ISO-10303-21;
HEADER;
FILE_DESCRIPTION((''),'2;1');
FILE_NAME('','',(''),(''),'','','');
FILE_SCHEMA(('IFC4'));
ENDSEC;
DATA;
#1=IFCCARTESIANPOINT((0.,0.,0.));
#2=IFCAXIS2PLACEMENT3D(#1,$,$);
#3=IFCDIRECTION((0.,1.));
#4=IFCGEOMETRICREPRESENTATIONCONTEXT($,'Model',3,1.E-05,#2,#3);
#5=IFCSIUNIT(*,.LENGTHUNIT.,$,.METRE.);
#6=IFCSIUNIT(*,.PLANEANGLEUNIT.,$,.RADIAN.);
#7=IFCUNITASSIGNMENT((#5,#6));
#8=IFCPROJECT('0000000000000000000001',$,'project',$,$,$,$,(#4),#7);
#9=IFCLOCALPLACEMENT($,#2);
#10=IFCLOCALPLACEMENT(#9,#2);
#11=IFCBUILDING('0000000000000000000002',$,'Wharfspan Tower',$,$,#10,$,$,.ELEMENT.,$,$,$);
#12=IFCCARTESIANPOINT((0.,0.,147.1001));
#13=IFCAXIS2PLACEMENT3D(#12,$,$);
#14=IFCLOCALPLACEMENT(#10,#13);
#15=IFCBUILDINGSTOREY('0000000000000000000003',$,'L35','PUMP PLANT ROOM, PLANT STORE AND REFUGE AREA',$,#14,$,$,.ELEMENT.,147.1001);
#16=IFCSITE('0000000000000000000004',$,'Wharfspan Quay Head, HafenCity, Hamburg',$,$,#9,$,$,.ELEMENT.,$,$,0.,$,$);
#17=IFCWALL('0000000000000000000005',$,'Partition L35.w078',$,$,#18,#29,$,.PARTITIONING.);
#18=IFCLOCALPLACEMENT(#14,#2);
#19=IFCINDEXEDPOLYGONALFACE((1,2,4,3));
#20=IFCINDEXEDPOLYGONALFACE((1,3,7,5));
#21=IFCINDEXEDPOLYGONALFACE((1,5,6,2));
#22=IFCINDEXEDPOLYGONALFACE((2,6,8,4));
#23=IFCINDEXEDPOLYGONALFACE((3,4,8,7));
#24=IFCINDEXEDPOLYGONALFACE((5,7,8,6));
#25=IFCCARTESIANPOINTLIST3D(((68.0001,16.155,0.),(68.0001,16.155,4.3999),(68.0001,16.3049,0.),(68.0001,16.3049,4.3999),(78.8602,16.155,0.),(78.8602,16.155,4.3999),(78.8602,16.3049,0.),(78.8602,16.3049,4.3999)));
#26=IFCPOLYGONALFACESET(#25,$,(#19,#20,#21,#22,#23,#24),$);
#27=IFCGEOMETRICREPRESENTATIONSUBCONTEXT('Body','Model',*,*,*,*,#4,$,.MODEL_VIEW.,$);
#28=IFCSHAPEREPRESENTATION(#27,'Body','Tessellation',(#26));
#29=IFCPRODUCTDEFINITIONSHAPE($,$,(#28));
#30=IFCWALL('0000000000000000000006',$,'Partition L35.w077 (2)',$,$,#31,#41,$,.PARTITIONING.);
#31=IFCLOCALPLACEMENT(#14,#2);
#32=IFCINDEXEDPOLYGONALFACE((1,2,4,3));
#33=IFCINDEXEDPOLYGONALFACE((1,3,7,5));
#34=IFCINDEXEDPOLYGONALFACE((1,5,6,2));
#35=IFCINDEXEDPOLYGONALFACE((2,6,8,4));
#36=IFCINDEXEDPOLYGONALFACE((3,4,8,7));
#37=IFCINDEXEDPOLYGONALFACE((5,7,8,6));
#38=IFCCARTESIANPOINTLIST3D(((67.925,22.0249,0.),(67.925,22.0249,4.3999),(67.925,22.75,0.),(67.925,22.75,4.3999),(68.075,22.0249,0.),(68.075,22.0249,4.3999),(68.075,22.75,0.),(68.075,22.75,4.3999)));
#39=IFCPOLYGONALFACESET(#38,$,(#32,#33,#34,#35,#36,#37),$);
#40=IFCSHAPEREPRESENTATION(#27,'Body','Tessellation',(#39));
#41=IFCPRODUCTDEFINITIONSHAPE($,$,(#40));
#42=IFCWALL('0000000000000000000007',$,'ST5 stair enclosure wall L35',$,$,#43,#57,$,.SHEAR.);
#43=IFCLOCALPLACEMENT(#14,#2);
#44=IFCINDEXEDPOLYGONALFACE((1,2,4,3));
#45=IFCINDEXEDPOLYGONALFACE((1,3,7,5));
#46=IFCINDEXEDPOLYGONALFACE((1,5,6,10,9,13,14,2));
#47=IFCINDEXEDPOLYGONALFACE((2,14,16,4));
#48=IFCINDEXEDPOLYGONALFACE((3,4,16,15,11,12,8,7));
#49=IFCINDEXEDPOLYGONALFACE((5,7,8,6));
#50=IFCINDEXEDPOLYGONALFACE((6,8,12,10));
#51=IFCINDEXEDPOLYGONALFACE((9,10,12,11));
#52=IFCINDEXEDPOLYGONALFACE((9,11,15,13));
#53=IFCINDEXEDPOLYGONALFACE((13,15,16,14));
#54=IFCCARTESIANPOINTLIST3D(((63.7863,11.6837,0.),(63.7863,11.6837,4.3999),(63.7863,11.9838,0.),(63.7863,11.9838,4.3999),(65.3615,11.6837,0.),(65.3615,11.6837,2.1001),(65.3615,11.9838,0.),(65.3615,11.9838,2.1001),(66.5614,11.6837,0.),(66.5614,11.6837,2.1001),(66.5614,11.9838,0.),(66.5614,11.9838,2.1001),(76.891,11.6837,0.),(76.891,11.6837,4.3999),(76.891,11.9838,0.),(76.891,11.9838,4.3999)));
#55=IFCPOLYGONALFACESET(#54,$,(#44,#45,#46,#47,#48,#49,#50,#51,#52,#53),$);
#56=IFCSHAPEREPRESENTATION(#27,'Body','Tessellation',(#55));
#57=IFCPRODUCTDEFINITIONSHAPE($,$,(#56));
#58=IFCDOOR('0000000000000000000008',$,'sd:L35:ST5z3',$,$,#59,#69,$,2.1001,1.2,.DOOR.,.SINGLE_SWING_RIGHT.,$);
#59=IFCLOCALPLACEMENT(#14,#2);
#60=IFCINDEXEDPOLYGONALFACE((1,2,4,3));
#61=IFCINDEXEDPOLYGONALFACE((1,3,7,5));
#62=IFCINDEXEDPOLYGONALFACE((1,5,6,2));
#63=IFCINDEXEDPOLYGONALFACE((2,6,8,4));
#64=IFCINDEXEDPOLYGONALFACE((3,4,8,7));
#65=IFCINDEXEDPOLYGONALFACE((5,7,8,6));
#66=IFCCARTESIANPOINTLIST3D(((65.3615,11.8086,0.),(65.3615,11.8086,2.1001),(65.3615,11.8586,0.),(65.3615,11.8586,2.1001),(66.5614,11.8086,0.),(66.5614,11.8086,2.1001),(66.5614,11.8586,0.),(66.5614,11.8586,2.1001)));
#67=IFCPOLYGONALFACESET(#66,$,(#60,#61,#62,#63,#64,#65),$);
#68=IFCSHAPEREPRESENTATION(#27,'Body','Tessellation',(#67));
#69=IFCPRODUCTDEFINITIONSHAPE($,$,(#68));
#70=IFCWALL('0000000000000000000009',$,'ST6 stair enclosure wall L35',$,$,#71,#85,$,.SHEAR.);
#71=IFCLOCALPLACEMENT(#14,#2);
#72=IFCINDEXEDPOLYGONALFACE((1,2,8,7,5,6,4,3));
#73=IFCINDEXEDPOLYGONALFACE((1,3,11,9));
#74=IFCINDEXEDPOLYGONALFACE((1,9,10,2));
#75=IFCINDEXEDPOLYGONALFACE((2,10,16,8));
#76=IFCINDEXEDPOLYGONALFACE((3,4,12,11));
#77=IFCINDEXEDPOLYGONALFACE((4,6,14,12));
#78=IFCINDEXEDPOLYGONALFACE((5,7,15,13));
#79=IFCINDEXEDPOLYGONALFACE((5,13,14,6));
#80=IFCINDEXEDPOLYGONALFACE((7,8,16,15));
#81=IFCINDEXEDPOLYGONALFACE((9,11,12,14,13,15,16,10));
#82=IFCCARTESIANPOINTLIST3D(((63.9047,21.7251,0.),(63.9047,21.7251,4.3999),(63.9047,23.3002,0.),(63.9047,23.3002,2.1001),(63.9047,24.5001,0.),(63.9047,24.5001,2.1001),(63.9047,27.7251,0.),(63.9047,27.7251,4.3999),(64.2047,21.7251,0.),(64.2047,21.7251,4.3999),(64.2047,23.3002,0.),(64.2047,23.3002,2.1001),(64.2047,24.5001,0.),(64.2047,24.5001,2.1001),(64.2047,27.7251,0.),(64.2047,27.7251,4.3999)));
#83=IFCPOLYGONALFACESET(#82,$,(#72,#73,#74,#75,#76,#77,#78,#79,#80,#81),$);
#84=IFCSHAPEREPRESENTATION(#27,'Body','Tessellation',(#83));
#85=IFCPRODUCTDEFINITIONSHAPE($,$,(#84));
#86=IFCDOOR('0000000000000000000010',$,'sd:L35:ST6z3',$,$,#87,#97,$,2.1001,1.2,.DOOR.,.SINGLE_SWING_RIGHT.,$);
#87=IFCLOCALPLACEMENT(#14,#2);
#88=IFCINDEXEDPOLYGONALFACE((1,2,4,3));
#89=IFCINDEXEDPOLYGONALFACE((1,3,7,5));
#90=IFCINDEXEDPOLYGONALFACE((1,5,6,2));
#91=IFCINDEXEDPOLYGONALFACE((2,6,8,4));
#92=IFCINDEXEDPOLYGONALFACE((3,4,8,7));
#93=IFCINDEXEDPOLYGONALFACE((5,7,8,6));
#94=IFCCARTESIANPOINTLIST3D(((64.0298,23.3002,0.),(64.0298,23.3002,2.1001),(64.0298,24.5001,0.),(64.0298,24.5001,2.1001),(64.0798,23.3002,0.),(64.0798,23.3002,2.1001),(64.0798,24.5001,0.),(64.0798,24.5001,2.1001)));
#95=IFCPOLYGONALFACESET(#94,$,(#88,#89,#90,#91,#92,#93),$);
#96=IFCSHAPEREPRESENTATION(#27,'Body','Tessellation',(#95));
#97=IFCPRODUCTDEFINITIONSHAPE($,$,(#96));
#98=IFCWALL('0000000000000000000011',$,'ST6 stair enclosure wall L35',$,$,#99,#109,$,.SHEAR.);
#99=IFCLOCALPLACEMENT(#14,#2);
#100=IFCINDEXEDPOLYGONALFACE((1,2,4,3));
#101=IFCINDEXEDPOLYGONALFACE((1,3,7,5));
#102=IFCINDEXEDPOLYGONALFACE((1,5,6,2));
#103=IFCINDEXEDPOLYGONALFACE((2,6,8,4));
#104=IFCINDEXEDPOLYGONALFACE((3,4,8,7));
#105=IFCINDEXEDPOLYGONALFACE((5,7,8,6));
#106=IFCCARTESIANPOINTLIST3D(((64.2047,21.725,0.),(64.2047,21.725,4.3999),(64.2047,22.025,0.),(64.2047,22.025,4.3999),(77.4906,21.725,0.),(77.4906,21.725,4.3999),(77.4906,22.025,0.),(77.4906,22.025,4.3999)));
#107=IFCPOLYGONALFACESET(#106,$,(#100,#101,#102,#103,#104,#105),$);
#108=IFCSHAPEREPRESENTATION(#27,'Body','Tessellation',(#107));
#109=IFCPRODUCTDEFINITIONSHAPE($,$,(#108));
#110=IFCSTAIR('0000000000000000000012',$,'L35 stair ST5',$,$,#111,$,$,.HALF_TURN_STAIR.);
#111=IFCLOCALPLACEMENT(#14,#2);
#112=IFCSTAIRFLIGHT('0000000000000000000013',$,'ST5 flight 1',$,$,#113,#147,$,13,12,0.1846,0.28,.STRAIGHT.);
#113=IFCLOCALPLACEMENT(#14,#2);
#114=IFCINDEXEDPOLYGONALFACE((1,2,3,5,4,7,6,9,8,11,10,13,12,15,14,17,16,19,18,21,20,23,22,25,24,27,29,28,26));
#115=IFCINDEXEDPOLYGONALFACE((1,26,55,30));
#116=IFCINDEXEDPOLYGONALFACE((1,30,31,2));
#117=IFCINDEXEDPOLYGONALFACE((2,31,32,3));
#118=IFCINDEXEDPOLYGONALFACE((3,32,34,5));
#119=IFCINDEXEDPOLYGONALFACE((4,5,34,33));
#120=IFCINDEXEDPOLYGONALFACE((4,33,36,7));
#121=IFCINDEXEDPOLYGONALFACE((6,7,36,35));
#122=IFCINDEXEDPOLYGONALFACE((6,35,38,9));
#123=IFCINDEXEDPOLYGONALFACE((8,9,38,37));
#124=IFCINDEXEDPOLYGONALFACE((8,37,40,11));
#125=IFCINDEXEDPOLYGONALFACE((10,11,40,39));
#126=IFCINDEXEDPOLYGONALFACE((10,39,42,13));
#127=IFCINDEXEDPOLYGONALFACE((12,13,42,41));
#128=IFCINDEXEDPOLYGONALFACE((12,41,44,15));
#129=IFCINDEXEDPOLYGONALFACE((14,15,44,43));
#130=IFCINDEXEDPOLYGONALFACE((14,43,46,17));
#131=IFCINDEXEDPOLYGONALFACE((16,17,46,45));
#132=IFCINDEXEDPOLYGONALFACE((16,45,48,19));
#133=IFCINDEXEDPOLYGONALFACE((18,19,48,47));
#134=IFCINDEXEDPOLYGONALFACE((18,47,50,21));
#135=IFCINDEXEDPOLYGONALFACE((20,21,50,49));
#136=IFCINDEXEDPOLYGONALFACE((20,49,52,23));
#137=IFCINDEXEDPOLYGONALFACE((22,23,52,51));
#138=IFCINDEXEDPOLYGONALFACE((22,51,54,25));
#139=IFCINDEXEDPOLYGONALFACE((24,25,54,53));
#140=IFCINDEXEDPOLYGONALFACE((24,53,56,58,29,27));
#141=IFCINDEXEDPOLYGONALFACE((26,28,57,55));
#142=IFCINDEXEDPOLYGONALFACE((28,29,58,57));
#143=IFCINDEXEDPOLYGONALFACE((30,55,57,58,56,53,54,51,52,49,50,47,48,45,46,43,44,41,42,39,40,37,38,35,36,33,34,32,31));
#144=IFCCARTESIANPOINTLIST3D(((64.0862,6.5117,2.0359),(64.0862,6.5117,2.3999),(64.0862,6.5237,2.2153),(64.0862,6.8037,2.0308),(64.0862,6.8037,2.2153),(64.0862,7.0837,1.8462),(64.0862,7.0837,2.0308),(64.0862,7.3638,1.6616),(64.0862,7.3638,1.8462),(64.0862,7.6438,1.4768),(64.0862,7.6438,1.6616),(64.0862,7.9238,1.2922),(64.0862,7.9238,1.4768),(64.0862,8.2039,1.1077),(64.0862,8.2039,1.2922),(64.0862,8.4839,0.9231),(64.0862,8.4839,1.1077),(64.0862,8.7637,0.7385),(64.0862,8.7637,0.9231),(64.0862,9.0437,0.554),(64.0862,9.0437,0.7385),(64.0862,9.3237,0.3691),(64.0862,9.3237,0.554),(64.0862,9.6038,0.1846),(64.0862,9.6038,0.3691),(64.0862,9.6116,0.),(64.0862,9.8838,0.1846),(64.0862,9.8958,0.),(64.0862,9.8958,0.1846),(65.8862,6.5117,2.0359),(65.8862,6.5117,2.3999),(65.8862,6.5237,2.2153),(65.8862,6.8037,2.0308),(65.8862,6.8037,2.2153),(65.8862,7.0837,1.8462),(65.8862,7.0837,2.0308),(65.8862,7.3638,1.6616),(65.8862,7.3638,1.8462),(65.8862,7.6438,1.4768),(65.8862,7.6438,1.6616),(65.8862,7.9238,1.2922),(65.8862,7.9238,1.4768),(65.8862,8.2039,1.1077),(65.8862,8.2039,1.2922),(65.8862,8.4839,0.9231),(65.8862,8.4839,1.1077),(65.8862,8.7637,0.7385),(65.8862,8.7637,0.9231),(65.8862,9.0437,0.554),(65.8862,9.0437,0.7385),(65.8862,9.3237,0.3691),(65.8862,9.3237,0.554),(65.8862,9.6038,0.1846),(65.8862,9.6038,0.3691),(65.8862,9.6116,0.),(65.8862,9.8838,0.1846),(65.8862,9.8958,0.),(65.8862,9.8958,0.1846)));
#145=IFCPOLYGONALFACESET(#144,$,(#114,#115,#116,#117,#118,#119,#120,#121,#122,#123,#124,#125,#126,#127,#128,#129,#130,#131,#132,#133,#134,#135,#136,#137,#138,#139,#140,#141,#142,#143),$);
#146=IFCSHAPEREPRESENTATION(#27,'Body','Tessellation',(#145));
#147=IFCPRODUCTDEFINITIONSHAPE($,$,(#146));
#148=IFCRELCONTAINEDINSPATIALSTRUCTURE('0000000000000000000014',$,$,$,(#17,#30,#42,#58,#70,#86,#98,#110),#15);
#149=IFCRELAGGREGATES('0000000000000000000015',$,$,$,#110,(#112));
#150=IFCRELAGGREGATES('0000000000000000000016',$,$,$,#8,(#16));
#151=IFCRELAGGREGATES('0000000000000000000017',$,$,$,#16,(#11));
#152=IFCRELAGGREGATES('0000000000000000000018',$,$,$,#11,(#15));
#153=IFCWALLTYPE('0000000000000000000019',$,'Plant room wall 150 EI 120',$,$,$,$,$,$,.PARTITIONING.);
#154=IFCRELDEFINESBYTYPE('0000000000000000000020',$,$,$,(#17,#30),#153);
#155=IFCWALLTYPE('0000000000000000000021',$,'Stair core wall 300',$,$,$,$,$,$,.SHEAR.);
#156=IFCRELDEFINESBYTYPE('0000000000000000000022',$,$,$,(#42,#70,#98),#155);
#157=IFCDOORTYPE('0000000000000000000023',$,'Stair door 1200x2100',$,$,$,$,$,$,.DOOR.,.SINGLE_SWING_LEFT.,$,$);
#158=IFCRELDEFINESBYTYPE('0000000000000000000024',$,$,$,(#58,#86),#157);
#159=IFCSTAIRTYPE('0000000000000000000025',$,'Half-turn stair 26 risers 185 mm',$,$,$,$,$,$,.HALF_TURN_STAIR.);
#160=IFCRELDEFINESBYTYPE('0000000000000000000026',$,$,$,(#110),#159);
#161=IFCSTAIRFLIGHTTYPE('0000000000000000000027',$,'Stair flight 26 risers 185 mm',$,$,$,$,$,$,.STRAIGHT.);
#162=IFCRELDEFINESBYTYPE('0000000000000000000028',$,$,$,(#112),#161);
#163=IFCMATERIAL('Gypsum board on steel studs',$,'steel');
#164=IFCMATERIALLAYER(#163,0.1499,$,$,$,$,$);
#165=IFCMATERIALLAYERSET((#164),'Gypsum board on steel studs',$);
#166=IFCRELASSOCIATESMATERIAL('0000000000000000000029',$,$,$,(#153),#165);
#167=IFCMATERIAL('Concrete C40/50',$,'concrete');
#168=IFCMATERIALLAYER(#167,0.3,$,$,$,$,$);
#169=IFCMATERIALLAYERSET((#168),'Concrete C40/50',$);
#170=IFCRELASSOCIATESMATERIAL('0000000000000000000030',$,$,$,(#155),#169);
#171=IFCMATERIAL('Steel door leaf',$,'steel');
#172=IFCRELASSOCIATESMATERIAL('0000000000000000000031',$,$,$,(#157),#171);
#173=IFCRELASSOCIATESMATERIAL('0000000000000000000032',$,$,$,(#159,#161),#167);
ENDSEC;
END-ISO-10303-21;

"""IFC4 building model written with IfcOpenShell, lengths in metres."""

from ifc_helpers import new_model, si_unit, direction, frame, frame_2d, origin, place, context, subcontext, project, spatial, polyline, rectangle, outline, extrude, material, layer, layer_set, type_object, element, fill, aggregate, save


model = new_model("IFC4")

# Units and contexts
model_context = context("Model", 3, precision=1e-05, world=origin(), true_north=direction((0.0, 1.0)))
body_context = subcontext(model_context, "Body", "Model", "MODEL_VIEW")
ifc_project = project(units=[si_unit("LENGTHUNIT", "METRE"), si_unit("PLANEANGLEUNIT", "RADIAN")], contexts=[model_context])

# Site, building, storey
site_placement = place(None, origin())
site = spatial("IfcSite", under=ifc_project, at=site_placement, Name="Wharfspan Quay Head, HafenCity, Hamburg", CompositionType="ELEMENT", RefElevation=0.0)
building_placement = place(site_placement, origin())
building = spatial("IfcBuilding", under=site, at=building_placement, Name="Wharfspan Tower", CompositionType="ELEMENT")
storey_placement = place(building_placement, frame((0.0, 0.0, 147.1001)))
storey = spatial("IfcBuildingStorey", under=building, at=storey_placement, Name="L35", Description="PUMP PLANT ROOM, PLANT STORE AND REFUGE AREA", CompositionType="ELEMENT", Elevation=147.1001)

# Shared definitions
ifc_material_1 = material(Name="Gypsum board on steel studs", Category="steel")

# Shared definitions
ifc_layer_1 = layer(ifc_material_1, 0.1499)
ifc_layer_set_1 = layer_set([ifc_layer_1], Name="Gypsum board on steel studs")
wall_type_1 = type_object("IfcWallType", Name="Plant room wall 150 EI 120", PredefinedType="PARTITIONING", material=ifc_layer_set_1)

# Walls
wall_1_placement = place(storey_placement, frame((68.0, 16.23, 0.0), z_axis=(0.0, 0.0, 1.0), x_axis=(1.0, 0.0, 0.0)))
element("IfcWall", 1, at=wall_1_placement, inside=storey, type_object=wall_type_1, Name="Partition L35.w078", PredefinedType="PARTITIONING", context=body_context, shape_type="SweptSolid", body=[
    extrude(rectangle(XDim=10.8601, YDim=0.1499, at=frame_2d((5.4302, 0.0))), origin(), (0.0, 0.0, 1.0), 4.3999),
])
wall_2_placement = place(storey_placement, frame((68.0, 22.0249, 0.0), z_axis=(0.0, 0.0, 1.0), x_axis=(0.0, 1.0, 0.0)))
element("IfcWall", 2, at=wall_2_placement, inside=storey, type_object=wall_type_1, Name="Partition L35.w077 (2)", PredefinedType="PARTITIONING", context=body_context, shape_type="SweptSolid", body=[
    extrude(rectangle(XDim=0.7251, YDim=0.1499, at=frame_2d((0.3625, 0.0))), origin(), (0.0, 0.0, 1.0), 4.3999),
])

# Walls, openings, doors
ifc_material_2 = material(Name="Concrete C40/50", Category="concrete")
ifc_layer_2 = layer(ifc_material_2, 0.3)
ifc_layer_set_2 = layer_set([ifc_layer_2], Name="Concrete C40/50")
wall_type_2 = type_object("IfcWallType", Name="Stair core wall 300", PredefinedType="SHEAR", material=ifc_layer_set_2)
wall_3_placement = place(storey_placement, frame((63.7864, 11.8337, 0.0), z_axis=(0.0, 0.0, 1.0), x_axis=(1.0, 0.0, 0.0)))
wall_3 = element("IfcWall", 3, at=wall_3_placement, inside=storey, type_object=wall_type_2, Name="ST5 stair enclosure wall L35", PredefinedType="SHEAR", context=body_context, shape_type="SweptSolid", body=[
    extrude(rectangle(XDim=13.1047, YDim=0.3, at=frame_2d((6.5522, 0.0))), origin(), (0.0, 0.0, 1.0), 4.3999),
])
opening_1_placement = place(wall_3_placement, frame((1.575, 0.0, 0.0)))
opening_1 = element("IfcOpeningElement", 4, at=opening_1_placement, cuts=wall_3, PredefinedType="OPENING", context=body_context, shape_type="SweptSolid", body=[
    extrude(rectangle(XDim=1.2, YDim=2.1001, at=frame_2d((0.6001, 1.05))), frame((0.0, 0.1599, 0.0), z_axis=(0.0, -1.0, 0.0), x_axis=(1.0, 0.0, 0.0)), (0.0, 0.0, 1.0), 0.3201),
])
ifc_material_3 = material(Name="Steel door leaf", Category="steel")
door_type_1 = type_object("IfcDoorType", Name="Stair door 1200x2100", OperationType="SINGLE_SWING_LEFT", PredefinedType="DOOR", material=ifc_material_3)
door_1_placement = place(opening_1_placement, origin())
door_1 = element("IfcDoor", 5, at=door_1_placement, inside=storey, type_object=door_type_1, Name="sd:L35:ST5z3", OperationType="SINGLE_SWING_RIGHT", OverallHeight=2.1001, OverallWidth=1.2, PredefinedType="DOOR", context=body_context, shape_type="SweptSolid", body=[
    extrude(rectangle(XDim=1.2, YDim=2.1001, at=frame_2d((0.6001, 1.05))), frame((0.0, 0.0249, 0.0), z_axis=(0.0, -1.0, 0.0), x_axis=(1.0, 0.0, 0.0)), (0.0, 0.0, 1.0), 0.05),
])
fill(opening_1, door_1)
wall_4_placement = place(storey_placement, frame((64.0547, 21.7251, 0.0), z_axis=(0.0, 0.0, 1.0), x_axis=(0.0, 1.0, 0.0)))
wall_4 = element("IfcWall", 6, at=wall_4_placement, inside=storey, type_object=wall_type_2, Name="ST6 stair enclosure wall L35", PredefinedType="SHEAR", context=body_context, shape_type="SweptSolid", body=[
    extrude(rectangle(XDim=6.0, YDim=0.3, at=frame_2d((3.0, 0.0))), origin(), (0.0, 0.0, 1.0), 4.3999),
])
opening_2_placement = place(wall_4_placement, frame((1.575, 0.0, 0.0)))
opening_2 = element("IfcOpeningElement", 7, at=opening_2_placement, cuts=wall_4, PredefinedType="OPENING", context=body_context, shape_type="SweptSolid", body=[
    extrude(rectangle(XDim=1.2, YDim=2.1001, at=frame_2d((0.6001, 1.05))), frame((0.0, 0.1599, 0.0), z_axis=(0.0, -1.0, 0.0), x_axis=(1.0, 0.0, 0.0)), (0.0, 0.0, 1.0), 0.3201),
])
door_2_placement = place(opening_2_placement, origin())
door_2 = element("IfcDoor", 8, at=door_2_placement, inside=storey, type_object=door_type_1, Name="sd:L35:ST6z3", OperationType="SINGLE_SWING_RIGHT", OverallHeight=2.1001, OverallWidth=1.2, PredefinedType="DOOR", context=body_context, shape_type="SweptSolid", body=[
    extrude(rectangle(XDim=1.2, YDim=2.1001, at=frame_2d((0.6001, 1.05))), frame((0.0, 0.0249, 0.0), z_axis=(0.0, -1.0, 0.0), x_axis=(1.0, 0.0, 0.0)), (0.0, 0.0, 1.0), 0.05),
])
fill(opening_2, door_2)

# Wall
wall_5_placement = place(storey_placement, frame((64.2046, 21.875, 0.0), z_axis=(0.0, 0.0, 1.0), x_axis=(1.0, 0.0, 0.0)))
element("IfcWall", 9, at=wall_5_placement, inside=storey, type_object=wall_type_2, Name="ST6 stair enclosure wall L35", PredefinedType="SHEAR", context=body_context, shape_type="SweptSolid", body=[
    extrude(rectangle(XDim=13.2859, YDim=0.3, at=frame_2d((6.6431, 0.0))), origin(), (0.0, 0.0, 1.0), 4.3999),
])

# Stair, stair flight
stair_type = type_object("IfcStairType", Name="Half-turn stair 26 risers 185 mm", PredefinedType="HALF_TURN_STAIR", material=ifc_material_2)
stair_placement = place(storey_placement, origin())
stair = element("IfcStair", 10, at=stair_placement, inside=storey, type_object=stair_type, Name="L35 stair ST5", PredefinedType="HALF_TURN_STAIR")
stair_flight_type = type_object("IfcStairFlightType", Name="Stair flight 26 risers 185 mm", PredefinedType="STRAIGHT", material=ifc_material_2)
stair_flight_placement = place(storey_placement, frame((64.9863, 9.8838, 0.0), z_axis=(0.0, 0.0, 1.0), x_axis=(0.0, -1.0, 0.0)))
stair_flight = element("IfcStairFlight", 11, at=stair_flight_placement, type_object=stair_flight_type, Name="ST5 flight 1", NumberOfRisers=13, NumberOfTreads=12, PredefinedType="STRAIGHT", RiserHeight=0.1846, TreadLength=0.28, context=body_context, shape_type="SweptSolid", body=[
    extrude(outline(polyline([(-0.012, 0.0), (-0.012, 0.1846), (0.0, 0.1846), (0.28, 0.1846), (0.28, 0.3691), (0.5601, 0.3691), (0.5601, 0.554), (0.8401, 0.554), (0.8401, 0.7385), (1.1201, 0.7385), (1.1201, 0.9231), (1.3999, 0.9231), (1.3999, 1.1077), (1.6799, 1.1077), (1.6799, 1.2922), (1.96, 1.2922), (1.96, 1.4768), (2.24, 1.4768), (2.24, 1.6616), (2.52, 1.6616), (2.52, 1.8462), (2.8, 1.8462), (2.8, 2.0308), (3.0801, 2.0308), (3.0801, 2.2153), (3.3601, 2.2153), (3.3721, 2.3999), (3.3721, 2.0359), (0.2722, 0.0), (-0.012, 0.0)])), frame((0.0, 0.8999, 0.0), z_axis=(0.0, -1.0, 0.0), x_axis=(1.0, 0.0, 0.0)), (0.0, 0.0, 1.0), 1.8),
])
aggregate(stair, [stair_flight])

save(model, "model.ifc")
